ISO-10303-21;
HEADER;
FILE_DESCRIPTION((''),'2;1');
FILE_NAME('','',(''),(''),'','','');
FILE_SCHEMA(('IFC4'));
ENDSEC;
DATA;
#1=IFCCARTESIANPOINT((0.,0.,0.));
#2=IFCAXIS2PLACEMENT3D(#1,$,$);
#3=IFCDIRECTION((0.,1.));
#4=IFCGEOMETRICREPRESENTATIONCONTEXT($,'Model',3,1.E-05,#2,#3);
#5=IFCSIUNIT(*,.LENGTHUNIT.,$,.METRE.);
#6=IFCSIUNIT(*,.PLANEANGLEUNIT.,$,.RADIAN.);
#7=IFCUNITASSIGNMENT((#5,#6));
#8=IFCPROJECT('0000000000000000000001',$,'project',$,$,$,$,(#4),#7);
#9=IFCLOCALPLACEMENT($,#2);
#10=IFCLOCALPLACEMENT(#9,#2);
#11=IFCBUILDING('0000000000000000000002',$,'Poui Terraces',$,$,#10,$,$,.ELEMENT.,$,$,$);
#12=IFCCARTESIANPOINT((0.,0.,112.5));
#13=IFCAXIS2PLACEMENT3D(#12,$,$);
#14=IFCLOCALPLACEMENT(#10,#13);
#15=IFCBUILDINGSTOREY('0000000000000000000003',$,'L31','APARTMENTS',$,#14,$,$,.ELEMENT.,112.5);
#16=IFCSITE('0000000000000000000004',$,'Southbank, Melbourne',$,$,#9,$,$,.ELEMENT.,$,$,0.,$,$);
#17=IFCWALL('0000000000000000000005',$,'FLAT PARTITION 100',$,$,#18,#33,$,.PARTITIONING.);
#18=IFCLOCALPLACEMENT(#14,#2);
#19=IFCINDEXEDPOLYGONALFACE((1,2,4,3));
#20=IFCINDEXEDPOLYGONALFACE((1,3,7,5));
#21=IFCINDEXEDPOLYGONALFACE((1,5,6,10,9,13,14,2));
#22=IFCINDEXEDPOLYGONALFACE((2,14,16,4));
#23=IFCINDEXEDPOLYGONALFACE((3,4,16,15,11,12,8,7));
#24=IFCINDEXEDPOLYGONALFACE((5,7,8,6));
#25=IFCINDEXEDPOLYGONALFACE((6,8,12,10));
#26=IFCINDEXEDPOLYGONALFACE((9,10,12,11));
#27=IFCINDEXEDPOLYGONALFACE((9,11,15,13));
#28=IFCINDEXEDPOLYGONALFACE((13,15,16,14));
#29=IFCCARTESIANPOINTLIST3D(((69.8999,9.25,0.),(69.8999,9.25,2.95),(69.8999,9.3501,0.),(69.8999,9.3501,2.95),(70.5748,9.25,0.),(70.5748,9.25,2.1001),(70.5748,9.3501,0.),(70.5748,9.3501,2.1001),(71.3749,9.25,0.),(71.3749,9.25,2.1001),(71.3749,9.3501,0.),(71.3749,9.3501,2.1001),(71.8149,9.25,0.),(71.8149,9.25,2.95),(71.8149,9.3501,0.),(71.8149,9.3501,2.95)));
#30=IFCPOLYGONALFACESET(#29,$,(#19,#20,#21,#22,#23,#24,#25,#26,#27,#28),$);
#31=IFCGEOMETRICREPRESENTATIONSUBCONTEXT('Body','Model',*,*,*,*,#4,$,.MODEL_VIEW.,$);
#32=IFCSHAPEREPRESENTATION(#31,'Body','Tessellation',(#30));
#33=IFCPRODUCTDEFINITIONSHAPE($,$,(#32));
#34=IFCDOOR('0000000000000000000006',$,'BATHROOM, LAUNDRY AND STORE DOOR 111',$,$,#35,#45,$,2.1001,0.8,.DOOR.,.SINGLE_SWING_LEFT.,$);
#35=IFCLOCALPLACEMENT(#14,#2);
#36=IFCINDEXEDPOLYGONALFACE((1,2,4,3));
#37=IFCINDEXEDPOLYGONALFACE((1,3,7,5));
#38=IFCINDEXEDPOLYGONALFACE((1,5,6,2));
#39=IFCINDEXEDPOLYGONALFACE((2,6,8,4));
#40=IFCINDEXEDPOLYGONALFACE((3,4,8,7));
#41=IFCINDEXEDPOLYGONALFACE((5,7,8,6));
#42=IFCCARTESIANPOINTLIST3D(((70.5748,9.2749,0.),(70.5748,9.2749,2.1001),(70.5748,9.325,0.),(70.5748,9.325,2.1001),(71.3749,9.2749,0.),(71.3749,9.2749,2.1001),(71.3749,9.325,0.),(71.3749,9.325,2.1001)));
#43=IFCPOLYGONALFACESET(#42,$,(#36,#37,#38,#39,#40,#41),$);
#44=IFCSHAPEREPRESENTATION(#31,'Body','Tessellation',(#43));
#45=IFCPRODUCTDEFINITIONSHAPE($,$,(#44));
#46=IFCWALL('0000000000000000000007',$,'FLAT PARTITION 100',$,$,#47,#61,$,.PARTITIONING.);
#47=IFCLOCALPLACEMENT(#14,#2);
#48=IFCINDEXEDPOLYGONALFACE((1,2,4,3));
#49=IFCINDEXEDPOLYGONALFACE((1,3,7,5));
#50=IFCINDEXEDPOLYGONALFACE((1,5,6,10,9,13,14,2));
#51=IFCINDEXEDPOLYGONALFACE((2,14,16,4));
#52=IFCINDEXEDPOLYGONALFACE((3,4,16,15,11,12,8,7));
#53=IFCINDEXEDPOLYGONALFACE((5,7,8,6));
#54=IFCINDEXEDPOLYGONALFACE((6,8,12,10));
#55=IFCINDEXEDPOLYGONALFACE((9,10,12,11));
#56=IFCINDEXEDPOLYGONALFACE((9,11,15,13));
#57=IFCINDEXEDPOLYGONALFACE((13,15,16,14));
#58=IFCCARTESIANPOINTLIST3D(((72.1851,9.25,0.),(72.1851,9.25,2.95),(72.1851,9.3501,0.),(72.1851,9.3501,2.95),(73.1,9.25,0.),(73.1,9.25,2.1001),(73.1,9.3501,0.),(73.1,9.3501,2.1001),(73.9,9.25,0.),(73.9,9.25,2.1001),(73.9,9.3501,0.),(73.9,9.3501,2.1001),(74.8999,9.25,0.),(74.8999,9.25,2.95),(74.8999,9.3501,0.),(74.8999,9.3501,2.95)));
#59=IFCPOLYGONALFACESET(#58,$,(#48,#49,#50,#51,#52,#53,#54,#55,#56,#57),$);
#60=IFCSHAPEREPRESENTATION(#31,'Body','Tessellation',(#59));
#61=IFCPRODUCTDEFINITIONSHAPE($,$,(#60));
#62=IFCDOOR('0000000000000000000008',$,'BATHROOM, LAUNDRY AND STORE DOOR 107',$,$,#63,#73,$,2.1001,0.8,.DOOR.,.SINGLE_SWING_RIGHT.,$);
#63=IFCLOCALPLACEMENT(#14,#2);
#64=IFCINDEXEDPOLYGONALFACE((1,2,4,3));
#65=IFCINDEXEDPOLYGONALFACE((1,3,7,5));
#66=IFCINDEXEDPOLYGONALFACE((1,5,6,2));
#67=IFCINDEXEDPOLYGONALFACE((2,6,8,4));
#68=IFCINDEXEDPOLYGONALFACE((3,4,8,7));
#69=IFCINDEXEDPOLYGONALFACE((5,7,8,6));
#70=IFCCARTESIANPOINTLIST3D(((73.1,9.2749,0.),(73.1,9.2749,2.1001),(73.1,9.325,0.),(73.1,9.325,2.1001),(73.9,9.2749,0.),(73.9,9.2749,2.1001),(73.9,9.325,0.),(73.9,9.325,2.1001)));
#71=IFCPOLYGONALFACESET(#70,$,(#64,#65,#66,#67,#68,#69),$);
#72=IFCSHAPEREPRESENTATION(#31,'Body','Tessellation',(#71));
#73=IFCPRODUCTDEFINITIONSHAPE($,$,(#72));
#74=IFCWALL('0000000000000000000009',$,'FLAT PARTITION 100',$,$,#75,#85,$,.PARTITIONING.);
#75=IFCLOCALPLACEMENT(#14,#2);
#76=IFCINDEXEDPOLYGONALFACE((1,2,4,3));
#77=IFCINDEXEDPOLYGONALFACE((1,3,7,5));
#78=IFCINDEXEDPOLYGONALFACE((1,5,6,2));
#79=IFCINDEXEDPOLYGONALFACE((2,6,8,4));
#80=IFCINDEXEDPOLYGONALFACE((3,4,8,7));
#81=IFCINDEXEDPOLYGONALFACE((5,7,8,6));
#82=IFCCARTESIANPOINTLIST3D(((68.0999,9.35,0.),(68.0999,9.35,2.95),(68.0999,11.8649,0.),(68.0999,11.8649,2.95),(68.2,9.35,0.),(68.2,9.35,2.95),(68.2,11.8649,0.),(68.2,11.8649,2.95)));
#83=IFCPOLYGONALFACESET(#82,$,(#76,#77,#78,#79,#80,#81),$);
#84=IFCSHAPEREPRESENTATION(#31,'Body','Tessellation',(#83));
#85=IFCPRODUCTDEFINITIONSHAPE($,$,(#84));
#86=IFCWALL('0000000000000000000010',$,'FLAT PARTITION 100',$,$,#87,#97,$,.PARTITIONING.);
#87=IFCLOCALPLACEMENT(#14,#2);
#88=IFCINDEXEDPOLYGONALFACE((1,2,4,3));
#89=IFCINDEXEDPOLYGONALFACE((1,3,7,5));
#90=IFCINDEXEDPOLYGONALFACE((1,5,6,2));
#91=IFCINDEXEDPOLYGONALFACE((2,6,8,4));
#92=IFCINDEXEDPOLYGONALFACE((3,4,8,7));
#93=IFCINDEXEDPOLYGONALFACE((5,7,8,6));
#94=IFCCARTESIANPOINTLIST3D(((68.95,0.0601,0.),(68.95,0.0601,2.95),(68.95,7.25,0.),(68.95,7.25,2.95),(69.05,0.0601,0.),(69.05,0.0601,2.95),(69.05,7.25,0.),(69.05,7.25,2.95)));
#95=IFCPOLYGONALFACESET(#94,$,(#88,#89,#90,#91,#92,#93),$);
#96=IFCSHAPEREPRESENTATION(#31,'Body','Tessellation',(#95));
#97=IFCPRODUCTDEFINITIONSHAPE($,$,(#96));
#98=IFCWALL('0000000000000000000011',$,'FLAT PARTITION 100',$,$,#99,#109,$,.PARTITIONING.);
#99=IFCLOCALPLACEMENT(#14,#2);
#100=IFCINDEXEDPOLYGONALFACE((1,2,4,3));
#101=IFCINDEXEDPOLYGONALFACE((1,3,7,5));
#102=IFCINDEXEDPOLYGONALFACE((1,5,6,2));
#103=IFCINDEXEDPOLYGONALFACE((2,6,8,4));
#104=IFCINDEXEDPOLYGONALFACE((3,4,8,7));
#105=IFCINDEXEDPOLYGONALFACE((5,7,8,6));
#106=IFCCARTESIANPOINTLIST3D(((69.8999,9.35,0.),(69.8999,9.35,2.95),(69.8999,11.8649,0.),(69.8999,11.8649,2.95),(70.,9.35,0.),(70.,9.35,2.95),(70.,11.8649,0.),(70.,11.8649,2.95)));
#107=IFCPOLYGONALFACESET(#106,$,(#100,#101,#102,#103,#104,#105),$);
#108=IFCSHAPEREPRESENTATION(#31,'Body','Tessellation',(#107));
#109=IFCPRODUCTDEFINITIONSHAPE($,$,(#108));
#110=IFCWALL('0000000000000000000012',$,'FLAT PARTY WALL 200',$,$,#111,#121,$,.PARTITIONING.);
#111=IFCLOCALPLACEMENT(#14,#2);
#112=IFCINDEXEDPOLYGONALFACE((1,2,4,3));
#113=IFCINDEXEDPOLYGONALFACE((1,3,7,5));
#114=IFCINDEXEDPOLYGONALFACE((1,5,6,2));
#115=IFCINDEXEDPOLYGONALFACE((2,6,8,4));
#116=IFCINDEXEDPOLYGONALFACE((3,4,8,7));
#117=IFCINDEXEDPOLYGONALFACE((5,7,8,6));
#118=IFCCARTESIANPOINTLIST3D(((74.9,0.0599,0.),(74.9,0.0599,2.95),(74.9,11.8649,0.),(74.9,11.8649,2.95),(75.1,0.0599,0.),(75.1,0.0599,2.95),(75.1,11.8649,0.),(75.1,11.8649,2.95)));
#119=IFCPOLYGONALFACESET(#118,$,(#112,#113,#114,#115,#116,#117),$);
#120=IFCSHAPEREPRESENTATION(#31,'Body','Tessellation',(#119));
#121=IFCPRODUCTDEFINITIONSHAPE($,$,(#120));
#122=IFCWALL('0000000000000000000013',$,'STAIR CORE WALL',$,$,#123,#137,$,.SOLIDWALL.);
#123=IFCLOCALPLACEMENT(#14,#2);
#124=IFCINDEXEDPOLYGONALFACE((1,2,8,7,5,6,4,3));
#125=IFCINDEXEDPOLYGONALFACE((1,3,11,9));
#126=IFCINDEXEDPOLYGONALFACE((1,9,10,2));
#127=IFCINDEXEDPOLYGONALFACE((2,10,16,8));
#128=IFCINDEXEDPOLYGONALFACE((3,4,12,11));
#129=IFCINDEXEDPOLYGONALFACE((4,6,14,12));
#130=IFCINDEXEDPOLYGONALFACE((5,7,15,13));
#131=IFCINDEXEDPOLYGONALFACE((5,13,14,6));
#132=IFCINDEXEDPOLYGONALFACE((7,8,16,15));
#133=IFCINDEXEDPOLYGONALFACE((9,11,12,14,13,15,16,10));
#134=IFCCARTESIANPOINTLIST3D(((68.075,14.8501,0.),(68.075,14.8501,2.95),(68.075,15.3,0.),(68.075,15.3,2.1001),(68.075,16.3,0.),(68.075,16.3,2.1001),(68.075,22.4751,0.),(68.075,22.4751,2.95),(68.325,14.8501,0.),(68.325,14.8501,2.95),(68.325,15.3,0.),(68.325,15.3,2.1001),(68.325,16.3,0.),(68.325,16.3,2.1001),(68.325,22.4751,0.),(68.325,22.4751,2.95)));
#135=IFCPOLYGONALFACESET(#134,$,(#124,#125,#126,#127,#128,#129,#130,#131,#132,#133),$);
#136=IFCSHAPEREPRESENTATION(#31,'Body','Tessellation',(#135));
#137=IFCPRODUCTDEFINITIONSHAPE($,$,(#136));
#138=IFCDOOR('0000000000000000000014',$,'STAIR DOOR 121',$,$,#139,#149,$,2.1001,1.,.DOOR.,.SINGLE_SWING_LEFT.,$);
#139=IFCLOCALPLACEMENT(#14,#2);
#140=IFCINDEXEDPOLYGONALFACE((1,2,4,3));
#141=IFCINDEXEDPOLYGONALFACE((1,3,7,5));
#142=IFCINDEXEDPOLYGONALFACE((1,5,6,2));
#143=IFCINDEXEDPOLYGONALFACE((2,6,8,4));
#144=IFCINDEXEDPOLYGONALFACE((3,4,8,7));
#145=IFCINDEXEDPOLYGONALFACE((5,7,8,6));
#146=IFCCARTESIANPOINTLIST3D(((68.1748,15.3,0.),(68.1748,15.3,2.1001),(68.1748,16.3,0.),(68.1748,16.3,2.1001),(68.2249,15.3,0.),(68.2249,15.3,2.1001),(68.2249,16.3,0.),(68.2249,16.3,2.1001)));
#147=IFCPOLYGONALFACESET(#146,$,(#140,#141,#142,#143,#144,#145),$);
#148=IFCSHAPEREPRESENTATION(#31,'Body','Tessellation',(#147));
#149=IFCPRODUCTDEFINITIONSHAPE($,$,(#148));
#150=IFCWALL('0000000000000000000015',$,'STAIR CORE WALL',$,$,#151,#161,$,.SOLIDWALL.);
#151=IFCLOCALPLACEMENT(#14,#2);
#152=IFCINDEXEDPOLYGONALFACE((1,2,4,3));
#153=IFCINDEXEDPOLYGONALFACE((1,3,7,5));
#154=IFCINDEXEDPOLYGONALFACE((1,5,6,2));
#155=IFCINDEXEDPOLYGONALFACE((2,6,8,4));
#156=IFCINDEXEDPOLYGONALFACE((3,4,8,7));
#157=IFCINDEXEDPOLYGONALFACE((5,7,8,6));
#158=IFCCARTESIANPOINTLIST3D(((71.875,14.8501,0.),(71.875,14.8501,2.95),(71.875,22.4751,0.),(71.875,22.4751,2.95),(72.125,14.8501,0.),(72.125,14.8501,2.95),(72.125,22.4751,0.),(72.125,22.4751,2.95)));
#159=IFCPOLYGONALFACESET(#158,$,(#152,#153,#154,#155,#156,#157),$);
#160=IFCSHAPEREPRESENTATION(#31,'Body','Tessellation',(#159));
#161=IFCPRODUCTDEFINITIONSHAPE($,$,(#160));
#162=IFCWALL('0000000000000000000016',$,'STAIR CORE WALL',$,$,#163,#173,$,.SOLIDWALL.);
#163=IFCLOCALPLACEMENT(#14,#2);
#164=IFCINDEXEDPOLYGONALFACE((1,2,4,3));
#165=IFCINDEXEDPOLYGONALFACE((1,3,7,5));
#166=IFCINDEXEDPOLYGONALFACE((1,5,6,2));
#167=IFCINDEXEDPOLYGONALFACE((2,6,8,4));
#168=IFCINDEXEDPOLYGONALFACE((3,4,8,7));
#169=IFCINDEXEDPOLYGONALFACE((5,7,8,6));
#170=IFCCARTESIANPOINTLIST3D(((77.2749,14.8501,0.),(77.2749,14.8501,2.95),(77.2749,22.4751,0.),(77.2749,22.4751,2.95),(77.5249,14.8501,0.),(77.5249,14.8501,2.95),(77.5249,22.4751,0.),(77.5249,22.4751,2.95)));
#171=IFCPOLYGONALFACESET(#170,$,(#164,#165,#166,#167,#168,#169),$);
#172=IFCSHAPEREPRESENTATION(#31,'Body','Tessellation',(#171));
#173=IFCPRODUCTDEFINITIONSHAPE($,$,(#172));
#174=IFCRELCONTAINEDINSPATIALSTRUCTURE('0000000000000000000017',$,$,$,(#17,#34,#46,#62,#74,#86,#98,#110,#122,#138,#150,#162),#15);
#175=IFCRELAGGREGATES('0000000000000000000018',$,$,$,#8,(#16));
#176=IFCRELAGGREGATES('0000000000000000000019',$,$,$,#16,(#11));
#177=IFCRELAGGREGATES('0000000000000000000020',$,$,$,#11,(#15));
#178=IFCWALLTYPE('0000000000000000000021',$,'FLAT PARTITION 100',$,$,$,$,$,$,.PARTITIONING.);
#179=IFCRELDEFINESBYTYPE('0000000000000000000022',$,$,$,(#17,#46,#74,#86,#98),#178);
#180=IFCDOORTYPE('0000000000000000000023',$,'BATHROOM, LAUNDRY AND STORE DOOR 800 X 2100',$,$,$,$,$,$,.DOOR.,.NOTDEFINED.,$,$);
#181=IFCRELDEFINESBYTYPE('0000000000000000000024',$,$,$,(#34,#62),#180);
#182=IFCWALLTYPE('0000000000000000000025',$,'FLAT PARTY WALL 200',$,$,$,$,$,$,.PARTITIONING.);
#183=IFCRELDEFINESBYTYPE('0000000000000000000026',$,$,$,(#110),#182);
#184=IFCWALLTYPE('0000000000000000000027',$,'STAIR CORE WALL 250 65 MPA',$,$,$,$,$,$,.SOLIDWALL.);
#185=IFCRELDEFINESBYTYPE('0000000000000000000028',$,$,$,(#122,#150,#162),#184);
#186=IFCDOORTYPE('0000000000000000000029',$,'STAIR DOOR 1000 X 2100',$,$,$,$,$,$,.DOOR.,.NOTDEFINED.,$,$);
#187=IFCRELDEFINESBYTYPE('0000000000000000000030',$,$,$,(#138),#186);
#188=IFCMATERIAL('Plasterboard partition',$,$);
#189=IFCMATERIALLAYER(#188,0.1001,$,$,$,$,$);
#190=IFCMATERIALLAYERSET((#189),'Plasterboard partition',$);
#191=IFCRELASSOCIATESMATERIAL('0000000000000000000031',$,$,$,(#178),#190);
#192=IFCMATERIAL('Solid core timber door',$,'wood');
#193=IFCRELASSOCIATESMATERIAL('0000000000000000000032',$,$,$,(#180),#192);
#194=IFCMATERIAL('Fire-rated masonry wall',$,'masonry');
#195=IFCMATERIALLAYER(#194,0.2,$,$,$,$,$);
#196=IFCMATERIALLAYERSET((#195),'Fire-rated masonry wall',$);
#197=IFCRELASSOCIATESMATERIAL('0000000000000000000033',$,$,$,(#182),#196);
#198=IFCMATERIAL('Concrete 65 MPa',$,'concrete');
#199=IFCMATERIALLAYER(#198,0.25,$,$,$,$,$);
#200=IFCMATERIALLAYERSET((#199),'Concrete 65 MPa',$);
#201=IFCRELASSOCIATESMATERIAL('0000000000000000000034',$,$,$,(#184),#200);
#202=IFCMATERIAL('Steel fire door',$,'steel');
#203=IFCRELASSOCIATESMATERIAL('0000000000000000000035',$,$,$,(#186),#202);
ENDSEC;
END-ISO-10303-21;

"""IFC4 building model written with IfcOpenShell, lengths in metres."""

from ifc_helpers import new_model, si_unit, direction, frame, frame_2d, origin, place, context, subcontext, project, spatial, rectangle, extrude, material, layer, layer_set, type_object, element, fill, save


model = new_model("IFC4")

# Units and contexts
model_context = context("Model", 3, precision=1e-05, world=origin(), true_north=direction((0.0, 1.0)))
body_context = subcontext(model_context, "Body", "Model", "MODEL_VIEW")
ifc_project = project(units=[si_unit("LENGTHUNIT", "METRE"), si_unit("PLANEANGLEUNIT", "RADIAN")], contexts=[model_context])

# Site, building, storey
site_placement = place(None, origin())
site = spatial("IfcSite", under=ifc_project, at=site_placement, Name="Southbank, Melbourne", CompositionType="ELEMENT", RefElevation=0.0)
building_placement = place(site_placement, origin())
building = spatial("IfcBuilding", under=site, at=building_placement, Name="Poui Terraces", CompositionType="ELEMENT")
storey_placement = place(building_placement, frame((0.0, 0.0, 112.5)))
storey = spatial("IfcBuildingStorey", under=building, at=storey_placement, Name="L31", Description="APARTMENTS", CompositionType="ELEMENT", Elevation=112.5)

# Shared definitions
ifc_material_1 = material(Name="Concrete 65 MPa", Category="concrete")

# Walls, openings, doors
ifc_material_2 = material(Name="Solid core timber door", Category="wood")
ifc_material_3 = material(Name="Plasterboard partition")
ifc_layer_1 = layer(ifc_material_3, 0.1001)
ifc_layer_set_1 = layer_set([ifc_layer_1], Name="Plasterboard partition")
wall_type_1 = type_object("IfcWallType", Name="FLAT PARTITION 100", PredefinedType="PARTITIONING", material=ifc_layer_set_1)
door_type_1 = type_object("IfcDoorType", Name="BATHROOM, LAUNDRY AND STORE DOOR 800 X 2100", OperationType="NOTDEFINED", PredefinedType="DOOR", material=ifc_material_2)
wall_1_placement = place(storey_placement, frame((69.8999, 9.3, 0.0), z_axis=(0.0, 0.0, 1.0), x_axis=(1.0, 0.0, 0.0)))
wall_1 = element("IfcWall", 1, at=wall_1_placement, inside=storey, type_object=wall_type_1, Name="FLAT PARTITION 100", PredefinedType="PARTITIONING", context=body_context, shape_type="SweptSolid", body=[
    extrude(rectangle(XDim=1.915, YDim=0.1001, at=frame_2d((0.9575, 0.0))), origin(), (0.0, 0.0, 1.0), 2.95),
])
opening_1_placement = place(wall_1_placement, frame((0.675, 0.0, 0.0)))
opening_1 = element("IfcOpeningElement", 2, at=opening_1_placement, cuts=wall_1, PredefinedType="OPENING", context=body_context, shape_type="SweptSolid", body=[
    extrude(rectangle(XDim=0.8, YDim=2.1001, at=frame_2d((0.3999, 1.05))), frame((0.0, 0.0601, 0.0), z_axis=(0.0, -1.0, 0.0), x_axis=(1.0, 0.0, 0.0)), (0.0, 0.0, 1.0), 0.1201),
])
door_1_placement = place(opening_1_placement, origin())
door_1 = element("IfcDoor", 3, at=door_1_placement, inside=storey, type_object=door_type_1, Name="BATHROOM, LAUNDRY AND STORE DOOR 111", OperationType="SINGLE_SWING_LEFT", OverallHeight=2.1001, OverallWidth=0.8, PredefinedType="DOOR", context=body_context, shape_type="SweptSolid", body=[
    extrude(rectangle(XDim=0.8, YDim=2.1001, at=frame_2d((0.3999, 1.05))), frame((0.0, 0.0249, 0.0), z_axis=(0.0, -1.0, 0.0), x_axis=(1.0, 0.0, 0.0)), (0.0, 0.0, 1.0), 0.05),
])
fill(opening_1, door_1)
wall_2_placement = place(storey_placement, frame((72.1851, 9.3, 0.0), z_axis=(0.0, 0.0, 1.0), x_axis=(1.0, 0.0, 0.0)))
wall_2 = element("IfcWall", 4, at=wall_2_placement, inside=storey, type_object=wall_type_1, Name="FLAT PARTITION 100", PredefinedType="PARTITIONING", context=body_context, shape_type="SweptSolid", body=[
    extrude(rectangle(XDim=2.7148, YDim=0.1001, at=frame_2d((1.3574, 0.0))), origin(), (0.0, 0.0, 1.0), 2.95),
])
opening_2_placement = place(wall_2_placement, frame((0.915, 0.0, 0.0)))
opening_2 = element("IfcOpeningElement", 5, at=opening_2_placement, cuts=wall_2, PredefinedType="OPENING", context=body_context, shape_type="SweptSolid", body=[
    extrude(rectangle(XDim=0.8, YDim=2.1001, at=frame_2d((0.3999, 1.05))), frame((0.0, 0.0601, 0.0), z_axis=(0.0, -1.0, 0.0), x_axis=(1.0, 0.0, 0.0)), (0.0, 0.0, 1.0), 0.1201),
])
door_2_placement = place(opening_2_placement, origin())
door_2 = element("IfcDoor", 6, at=door_2_placement, inside=storey, type_object=door_type_1, Name="BATHROOM, LAUNDRY AND STORE DOOR 107", OperationType="SINGLE_SWING_RIGHT", OverallHeight=2.1001, OverallWidth=0.8, PredefinedType="DOOR", context=body_context, shape_type="SweptSolid", body=[
    extrude(rectangle(XDim=0.8, YDim=2.1001, at=frame_2d((0.3999, 1.05))), frame((0.0, 0.0249, 0.0), z_axis=(0.0, -1.0, 0.0), x_axis=(1.0, 0.0, 0.0)), (0.0, 0.0, 1.0), 0.05),
])
fill(opening_2, door_2)

# Walls
wall_3_placement = place(storey_placement, frame((68.1499, 9.3501, 0.0), z_axis=(0.0, 0.0, 1.0), x_axis=(0.0, 1.0, 0.0)))
element("IfcWall", 7, at=wall_3_placement, inside=storey, type_object=wall_type_1, Name="FLAT PARTITION 100", PredefinedType="PARTITIONING", context=body_context, shape_type="SweptSolid", body=[
    extrude(rectangle(XDim=2.5149, YDim=0.1001, at=frame_2d((1.2573, 0.0))), origin(), (0.0, 0.0, 1.0), 2.95),
])
wall_4_placement = place(storey_placement, frame((69.0, 0.0601, 0.0), z_axis=(0.0, 0.0, 1.0), x_axis=(0.0, 1.0, 0.0)))
element("IfcWall", 8, at=wall_4_placement, inside=storey, type_object=wall_type_1, Name="FLAT PARTITION 100", PredefinedType="PARTITIONING", context=body_context, shape_type="SweptSolid", body=[
    extrude(rectangle(XDim=7.1899, YDim=0.1001, at=frame_2d((3.595, 0.0))), origin(), (0.0, 0.0, 1.0), 2.95),
])
wall_5_placement = place(storey_placement, frame((69.95, 9.3501, 0.0), z_axis=(0.0, 0.0, 1.0), x_axis=(0.0, 1.0, 0.0)))
element("IfcWall", 9, at=wall_5_placement, inside=storey, type_object=wall_type_1, Name="FLAT PARTITION 100", PredefinedType="PARTITIONING", context=body_context, shape_type="SweptSolid", body=[
    extrude(rectangle(XDim=2.5149, YDim=0.1001, at=frame_2d((1.2573, 0.0))), origin(), (0.0, 0.0, 1.0), 2.95),
])
ifc_material_4 = material(Name="Fire-rated masonry wall", Category="masonry")
ifc_layer_2 = layer(ifc_material_4, 0.2)
ifc_layer_set_2 = layer_set([ifc_layer_2], Name="Fire-rated masonry wall")
wall_type_2 = type_object("IfcWallType", Name="FLAT PARTY WALL 200", PredefinedType="PARTITIONING", material=ifc_layer_set_2)
wall_6_placement = place(storey_placement, frame((75.0, 0.0601, 0.0), z_axis=(0.0, 0.0, 1.0), x_axis=(0.0, 1.0, 0.0)))
element("IfcWall", 10, at=wall_6_placement, inside=storey, type_object=wall_type_2, Name="FLAT PARTY WALL 200", PredefinedType="PARTITIONING", context=body_context, shape_type="SweptSolid", body=[
    extrude(rectangle(XDim=11.8049, YDim=0.2, at=frame_2d((5.9023, 0.0))), origin(), (0.0, 0.0, 1.0), 2.95),
])

# Wall, opening, door
ifc_layer_3 = layer(ifc_material_1, 0.25)
ifc_layer_set_3 = layer_set([ifc_layer_3], Name="Concrete 65 MPa")
wall_type_3 = type_object("IfcWallType", Name="STAIR CORE WALL 250 65 MPA", PredefinedType="SOLIDWALL", material=ifc_layer_set_3)
wall_7_placement = place(storey_placement, frame((68.2, 14.8501, 0.0), z_axis=(0.0, 0.0, 1.0), x_axis=(0.0, 1.0, 0.0)))
wall_7 = element("IfcWall", 11, at=wall_7_placement, inside=storey, type_object=wall_type_3, Name="STAIR CORE WALL", PredefinedType="SOLIDWALL", context=body_context, shape_type="SweptSolid", body=[
    extrude(rectangle(XDim=7.625, YDim=0.25, at=frame_2d((3.8125, 0.0))), origin(), (0.0, 0.0, 1.0), 2.95),
])
opening_3_placement = place(wall_7_placement, frame((0.45, 0.0, 0.0)))
opening_3 = element("IfcOpeningElement", 12, at=opening_3_placement, cuts=wall_7, PredefinedType="OPENING", context=body_context, shape_type="SweptSolid", body=[
    extrude(rectangle(XDim=1.0, YDim=2.1001, at=frame_2d((0.5, 1.05))), frame((0.0, 0.135, 0.0), z_axis=(0.0, -1.0, 0.0), x_axis=(1.0, 0.0, 0.0)), (0.0, 0.0, 1.0), 0.27),
])
ifc_material_5 = material(Name="Steel fire door", Category="steel")
door_type_2 = type_object("IfcDoorType", Name="STAIR DOOR 1000 X 2100", OperationType="NOTDEFINED", PredefinedType="DOOR", material=ifc_material_5)
door_3_placement = place(opening_3_placement, frame((1.0, 0.0, 0.0), z_axis=(0.0, 0.0, 1.0), x_axis=(-1.0, 0.0, 0.0)))
door_3 = element("IfcDoor", 13, at=door_3_placement, inside=storey, type_object=door_type_2, Name="STAIR DOOR 121", OperationType="SINGLE_SWING_LEFT", OverallHeight=2.1001, OverallWidth=1.0, PredefinedType="DOOR", context=body_context, shape_type="SweptSolid", body=[
    extrude(rectangle(XDim=1.0, YDim=2.1001, at=frame_2d((0.5, 1.05))), frame((0.0, 0.0249, 0.0), z_axis=(0.0, -1.0, 0.0), x_axis=(1.0, 0.0, 0.0)), (0.0, 0.0, 1.0), 0.05),
])
fill(opening_3, door_3)

# Walls
for number, where, z_axis, x_axis, name in (
    (14, (72.0, 14.8501, 0.0), (0.0, 0.0, 1.0), (0.0, 1.0, 0.0), "STAIR CORE WALL"),
    (15, (77.3999, 14.8501, 0.0), (0.0, 0.0, 1.0), (0.0, 1.0, 0.0), "STAIR CORE WALL"),
):
    element("IfcWall", number, at=place(storey_placement, frame(where, z_axis=z_axis, x_axis=x_axis)), inside=storey, type_object=wall_type_3, Name=name, PredefinedType="SOLIDWALL", context=body_context, shape_type="SweptSolid", body=[
        extrude(rectangle(XDim=7.625, YDim=0.25, at=frame_2d((3.8125, 0.0))), origin(), (0.0, 0.0, 1.0), 2.95),
    ])

save(model, "model.ifc")
